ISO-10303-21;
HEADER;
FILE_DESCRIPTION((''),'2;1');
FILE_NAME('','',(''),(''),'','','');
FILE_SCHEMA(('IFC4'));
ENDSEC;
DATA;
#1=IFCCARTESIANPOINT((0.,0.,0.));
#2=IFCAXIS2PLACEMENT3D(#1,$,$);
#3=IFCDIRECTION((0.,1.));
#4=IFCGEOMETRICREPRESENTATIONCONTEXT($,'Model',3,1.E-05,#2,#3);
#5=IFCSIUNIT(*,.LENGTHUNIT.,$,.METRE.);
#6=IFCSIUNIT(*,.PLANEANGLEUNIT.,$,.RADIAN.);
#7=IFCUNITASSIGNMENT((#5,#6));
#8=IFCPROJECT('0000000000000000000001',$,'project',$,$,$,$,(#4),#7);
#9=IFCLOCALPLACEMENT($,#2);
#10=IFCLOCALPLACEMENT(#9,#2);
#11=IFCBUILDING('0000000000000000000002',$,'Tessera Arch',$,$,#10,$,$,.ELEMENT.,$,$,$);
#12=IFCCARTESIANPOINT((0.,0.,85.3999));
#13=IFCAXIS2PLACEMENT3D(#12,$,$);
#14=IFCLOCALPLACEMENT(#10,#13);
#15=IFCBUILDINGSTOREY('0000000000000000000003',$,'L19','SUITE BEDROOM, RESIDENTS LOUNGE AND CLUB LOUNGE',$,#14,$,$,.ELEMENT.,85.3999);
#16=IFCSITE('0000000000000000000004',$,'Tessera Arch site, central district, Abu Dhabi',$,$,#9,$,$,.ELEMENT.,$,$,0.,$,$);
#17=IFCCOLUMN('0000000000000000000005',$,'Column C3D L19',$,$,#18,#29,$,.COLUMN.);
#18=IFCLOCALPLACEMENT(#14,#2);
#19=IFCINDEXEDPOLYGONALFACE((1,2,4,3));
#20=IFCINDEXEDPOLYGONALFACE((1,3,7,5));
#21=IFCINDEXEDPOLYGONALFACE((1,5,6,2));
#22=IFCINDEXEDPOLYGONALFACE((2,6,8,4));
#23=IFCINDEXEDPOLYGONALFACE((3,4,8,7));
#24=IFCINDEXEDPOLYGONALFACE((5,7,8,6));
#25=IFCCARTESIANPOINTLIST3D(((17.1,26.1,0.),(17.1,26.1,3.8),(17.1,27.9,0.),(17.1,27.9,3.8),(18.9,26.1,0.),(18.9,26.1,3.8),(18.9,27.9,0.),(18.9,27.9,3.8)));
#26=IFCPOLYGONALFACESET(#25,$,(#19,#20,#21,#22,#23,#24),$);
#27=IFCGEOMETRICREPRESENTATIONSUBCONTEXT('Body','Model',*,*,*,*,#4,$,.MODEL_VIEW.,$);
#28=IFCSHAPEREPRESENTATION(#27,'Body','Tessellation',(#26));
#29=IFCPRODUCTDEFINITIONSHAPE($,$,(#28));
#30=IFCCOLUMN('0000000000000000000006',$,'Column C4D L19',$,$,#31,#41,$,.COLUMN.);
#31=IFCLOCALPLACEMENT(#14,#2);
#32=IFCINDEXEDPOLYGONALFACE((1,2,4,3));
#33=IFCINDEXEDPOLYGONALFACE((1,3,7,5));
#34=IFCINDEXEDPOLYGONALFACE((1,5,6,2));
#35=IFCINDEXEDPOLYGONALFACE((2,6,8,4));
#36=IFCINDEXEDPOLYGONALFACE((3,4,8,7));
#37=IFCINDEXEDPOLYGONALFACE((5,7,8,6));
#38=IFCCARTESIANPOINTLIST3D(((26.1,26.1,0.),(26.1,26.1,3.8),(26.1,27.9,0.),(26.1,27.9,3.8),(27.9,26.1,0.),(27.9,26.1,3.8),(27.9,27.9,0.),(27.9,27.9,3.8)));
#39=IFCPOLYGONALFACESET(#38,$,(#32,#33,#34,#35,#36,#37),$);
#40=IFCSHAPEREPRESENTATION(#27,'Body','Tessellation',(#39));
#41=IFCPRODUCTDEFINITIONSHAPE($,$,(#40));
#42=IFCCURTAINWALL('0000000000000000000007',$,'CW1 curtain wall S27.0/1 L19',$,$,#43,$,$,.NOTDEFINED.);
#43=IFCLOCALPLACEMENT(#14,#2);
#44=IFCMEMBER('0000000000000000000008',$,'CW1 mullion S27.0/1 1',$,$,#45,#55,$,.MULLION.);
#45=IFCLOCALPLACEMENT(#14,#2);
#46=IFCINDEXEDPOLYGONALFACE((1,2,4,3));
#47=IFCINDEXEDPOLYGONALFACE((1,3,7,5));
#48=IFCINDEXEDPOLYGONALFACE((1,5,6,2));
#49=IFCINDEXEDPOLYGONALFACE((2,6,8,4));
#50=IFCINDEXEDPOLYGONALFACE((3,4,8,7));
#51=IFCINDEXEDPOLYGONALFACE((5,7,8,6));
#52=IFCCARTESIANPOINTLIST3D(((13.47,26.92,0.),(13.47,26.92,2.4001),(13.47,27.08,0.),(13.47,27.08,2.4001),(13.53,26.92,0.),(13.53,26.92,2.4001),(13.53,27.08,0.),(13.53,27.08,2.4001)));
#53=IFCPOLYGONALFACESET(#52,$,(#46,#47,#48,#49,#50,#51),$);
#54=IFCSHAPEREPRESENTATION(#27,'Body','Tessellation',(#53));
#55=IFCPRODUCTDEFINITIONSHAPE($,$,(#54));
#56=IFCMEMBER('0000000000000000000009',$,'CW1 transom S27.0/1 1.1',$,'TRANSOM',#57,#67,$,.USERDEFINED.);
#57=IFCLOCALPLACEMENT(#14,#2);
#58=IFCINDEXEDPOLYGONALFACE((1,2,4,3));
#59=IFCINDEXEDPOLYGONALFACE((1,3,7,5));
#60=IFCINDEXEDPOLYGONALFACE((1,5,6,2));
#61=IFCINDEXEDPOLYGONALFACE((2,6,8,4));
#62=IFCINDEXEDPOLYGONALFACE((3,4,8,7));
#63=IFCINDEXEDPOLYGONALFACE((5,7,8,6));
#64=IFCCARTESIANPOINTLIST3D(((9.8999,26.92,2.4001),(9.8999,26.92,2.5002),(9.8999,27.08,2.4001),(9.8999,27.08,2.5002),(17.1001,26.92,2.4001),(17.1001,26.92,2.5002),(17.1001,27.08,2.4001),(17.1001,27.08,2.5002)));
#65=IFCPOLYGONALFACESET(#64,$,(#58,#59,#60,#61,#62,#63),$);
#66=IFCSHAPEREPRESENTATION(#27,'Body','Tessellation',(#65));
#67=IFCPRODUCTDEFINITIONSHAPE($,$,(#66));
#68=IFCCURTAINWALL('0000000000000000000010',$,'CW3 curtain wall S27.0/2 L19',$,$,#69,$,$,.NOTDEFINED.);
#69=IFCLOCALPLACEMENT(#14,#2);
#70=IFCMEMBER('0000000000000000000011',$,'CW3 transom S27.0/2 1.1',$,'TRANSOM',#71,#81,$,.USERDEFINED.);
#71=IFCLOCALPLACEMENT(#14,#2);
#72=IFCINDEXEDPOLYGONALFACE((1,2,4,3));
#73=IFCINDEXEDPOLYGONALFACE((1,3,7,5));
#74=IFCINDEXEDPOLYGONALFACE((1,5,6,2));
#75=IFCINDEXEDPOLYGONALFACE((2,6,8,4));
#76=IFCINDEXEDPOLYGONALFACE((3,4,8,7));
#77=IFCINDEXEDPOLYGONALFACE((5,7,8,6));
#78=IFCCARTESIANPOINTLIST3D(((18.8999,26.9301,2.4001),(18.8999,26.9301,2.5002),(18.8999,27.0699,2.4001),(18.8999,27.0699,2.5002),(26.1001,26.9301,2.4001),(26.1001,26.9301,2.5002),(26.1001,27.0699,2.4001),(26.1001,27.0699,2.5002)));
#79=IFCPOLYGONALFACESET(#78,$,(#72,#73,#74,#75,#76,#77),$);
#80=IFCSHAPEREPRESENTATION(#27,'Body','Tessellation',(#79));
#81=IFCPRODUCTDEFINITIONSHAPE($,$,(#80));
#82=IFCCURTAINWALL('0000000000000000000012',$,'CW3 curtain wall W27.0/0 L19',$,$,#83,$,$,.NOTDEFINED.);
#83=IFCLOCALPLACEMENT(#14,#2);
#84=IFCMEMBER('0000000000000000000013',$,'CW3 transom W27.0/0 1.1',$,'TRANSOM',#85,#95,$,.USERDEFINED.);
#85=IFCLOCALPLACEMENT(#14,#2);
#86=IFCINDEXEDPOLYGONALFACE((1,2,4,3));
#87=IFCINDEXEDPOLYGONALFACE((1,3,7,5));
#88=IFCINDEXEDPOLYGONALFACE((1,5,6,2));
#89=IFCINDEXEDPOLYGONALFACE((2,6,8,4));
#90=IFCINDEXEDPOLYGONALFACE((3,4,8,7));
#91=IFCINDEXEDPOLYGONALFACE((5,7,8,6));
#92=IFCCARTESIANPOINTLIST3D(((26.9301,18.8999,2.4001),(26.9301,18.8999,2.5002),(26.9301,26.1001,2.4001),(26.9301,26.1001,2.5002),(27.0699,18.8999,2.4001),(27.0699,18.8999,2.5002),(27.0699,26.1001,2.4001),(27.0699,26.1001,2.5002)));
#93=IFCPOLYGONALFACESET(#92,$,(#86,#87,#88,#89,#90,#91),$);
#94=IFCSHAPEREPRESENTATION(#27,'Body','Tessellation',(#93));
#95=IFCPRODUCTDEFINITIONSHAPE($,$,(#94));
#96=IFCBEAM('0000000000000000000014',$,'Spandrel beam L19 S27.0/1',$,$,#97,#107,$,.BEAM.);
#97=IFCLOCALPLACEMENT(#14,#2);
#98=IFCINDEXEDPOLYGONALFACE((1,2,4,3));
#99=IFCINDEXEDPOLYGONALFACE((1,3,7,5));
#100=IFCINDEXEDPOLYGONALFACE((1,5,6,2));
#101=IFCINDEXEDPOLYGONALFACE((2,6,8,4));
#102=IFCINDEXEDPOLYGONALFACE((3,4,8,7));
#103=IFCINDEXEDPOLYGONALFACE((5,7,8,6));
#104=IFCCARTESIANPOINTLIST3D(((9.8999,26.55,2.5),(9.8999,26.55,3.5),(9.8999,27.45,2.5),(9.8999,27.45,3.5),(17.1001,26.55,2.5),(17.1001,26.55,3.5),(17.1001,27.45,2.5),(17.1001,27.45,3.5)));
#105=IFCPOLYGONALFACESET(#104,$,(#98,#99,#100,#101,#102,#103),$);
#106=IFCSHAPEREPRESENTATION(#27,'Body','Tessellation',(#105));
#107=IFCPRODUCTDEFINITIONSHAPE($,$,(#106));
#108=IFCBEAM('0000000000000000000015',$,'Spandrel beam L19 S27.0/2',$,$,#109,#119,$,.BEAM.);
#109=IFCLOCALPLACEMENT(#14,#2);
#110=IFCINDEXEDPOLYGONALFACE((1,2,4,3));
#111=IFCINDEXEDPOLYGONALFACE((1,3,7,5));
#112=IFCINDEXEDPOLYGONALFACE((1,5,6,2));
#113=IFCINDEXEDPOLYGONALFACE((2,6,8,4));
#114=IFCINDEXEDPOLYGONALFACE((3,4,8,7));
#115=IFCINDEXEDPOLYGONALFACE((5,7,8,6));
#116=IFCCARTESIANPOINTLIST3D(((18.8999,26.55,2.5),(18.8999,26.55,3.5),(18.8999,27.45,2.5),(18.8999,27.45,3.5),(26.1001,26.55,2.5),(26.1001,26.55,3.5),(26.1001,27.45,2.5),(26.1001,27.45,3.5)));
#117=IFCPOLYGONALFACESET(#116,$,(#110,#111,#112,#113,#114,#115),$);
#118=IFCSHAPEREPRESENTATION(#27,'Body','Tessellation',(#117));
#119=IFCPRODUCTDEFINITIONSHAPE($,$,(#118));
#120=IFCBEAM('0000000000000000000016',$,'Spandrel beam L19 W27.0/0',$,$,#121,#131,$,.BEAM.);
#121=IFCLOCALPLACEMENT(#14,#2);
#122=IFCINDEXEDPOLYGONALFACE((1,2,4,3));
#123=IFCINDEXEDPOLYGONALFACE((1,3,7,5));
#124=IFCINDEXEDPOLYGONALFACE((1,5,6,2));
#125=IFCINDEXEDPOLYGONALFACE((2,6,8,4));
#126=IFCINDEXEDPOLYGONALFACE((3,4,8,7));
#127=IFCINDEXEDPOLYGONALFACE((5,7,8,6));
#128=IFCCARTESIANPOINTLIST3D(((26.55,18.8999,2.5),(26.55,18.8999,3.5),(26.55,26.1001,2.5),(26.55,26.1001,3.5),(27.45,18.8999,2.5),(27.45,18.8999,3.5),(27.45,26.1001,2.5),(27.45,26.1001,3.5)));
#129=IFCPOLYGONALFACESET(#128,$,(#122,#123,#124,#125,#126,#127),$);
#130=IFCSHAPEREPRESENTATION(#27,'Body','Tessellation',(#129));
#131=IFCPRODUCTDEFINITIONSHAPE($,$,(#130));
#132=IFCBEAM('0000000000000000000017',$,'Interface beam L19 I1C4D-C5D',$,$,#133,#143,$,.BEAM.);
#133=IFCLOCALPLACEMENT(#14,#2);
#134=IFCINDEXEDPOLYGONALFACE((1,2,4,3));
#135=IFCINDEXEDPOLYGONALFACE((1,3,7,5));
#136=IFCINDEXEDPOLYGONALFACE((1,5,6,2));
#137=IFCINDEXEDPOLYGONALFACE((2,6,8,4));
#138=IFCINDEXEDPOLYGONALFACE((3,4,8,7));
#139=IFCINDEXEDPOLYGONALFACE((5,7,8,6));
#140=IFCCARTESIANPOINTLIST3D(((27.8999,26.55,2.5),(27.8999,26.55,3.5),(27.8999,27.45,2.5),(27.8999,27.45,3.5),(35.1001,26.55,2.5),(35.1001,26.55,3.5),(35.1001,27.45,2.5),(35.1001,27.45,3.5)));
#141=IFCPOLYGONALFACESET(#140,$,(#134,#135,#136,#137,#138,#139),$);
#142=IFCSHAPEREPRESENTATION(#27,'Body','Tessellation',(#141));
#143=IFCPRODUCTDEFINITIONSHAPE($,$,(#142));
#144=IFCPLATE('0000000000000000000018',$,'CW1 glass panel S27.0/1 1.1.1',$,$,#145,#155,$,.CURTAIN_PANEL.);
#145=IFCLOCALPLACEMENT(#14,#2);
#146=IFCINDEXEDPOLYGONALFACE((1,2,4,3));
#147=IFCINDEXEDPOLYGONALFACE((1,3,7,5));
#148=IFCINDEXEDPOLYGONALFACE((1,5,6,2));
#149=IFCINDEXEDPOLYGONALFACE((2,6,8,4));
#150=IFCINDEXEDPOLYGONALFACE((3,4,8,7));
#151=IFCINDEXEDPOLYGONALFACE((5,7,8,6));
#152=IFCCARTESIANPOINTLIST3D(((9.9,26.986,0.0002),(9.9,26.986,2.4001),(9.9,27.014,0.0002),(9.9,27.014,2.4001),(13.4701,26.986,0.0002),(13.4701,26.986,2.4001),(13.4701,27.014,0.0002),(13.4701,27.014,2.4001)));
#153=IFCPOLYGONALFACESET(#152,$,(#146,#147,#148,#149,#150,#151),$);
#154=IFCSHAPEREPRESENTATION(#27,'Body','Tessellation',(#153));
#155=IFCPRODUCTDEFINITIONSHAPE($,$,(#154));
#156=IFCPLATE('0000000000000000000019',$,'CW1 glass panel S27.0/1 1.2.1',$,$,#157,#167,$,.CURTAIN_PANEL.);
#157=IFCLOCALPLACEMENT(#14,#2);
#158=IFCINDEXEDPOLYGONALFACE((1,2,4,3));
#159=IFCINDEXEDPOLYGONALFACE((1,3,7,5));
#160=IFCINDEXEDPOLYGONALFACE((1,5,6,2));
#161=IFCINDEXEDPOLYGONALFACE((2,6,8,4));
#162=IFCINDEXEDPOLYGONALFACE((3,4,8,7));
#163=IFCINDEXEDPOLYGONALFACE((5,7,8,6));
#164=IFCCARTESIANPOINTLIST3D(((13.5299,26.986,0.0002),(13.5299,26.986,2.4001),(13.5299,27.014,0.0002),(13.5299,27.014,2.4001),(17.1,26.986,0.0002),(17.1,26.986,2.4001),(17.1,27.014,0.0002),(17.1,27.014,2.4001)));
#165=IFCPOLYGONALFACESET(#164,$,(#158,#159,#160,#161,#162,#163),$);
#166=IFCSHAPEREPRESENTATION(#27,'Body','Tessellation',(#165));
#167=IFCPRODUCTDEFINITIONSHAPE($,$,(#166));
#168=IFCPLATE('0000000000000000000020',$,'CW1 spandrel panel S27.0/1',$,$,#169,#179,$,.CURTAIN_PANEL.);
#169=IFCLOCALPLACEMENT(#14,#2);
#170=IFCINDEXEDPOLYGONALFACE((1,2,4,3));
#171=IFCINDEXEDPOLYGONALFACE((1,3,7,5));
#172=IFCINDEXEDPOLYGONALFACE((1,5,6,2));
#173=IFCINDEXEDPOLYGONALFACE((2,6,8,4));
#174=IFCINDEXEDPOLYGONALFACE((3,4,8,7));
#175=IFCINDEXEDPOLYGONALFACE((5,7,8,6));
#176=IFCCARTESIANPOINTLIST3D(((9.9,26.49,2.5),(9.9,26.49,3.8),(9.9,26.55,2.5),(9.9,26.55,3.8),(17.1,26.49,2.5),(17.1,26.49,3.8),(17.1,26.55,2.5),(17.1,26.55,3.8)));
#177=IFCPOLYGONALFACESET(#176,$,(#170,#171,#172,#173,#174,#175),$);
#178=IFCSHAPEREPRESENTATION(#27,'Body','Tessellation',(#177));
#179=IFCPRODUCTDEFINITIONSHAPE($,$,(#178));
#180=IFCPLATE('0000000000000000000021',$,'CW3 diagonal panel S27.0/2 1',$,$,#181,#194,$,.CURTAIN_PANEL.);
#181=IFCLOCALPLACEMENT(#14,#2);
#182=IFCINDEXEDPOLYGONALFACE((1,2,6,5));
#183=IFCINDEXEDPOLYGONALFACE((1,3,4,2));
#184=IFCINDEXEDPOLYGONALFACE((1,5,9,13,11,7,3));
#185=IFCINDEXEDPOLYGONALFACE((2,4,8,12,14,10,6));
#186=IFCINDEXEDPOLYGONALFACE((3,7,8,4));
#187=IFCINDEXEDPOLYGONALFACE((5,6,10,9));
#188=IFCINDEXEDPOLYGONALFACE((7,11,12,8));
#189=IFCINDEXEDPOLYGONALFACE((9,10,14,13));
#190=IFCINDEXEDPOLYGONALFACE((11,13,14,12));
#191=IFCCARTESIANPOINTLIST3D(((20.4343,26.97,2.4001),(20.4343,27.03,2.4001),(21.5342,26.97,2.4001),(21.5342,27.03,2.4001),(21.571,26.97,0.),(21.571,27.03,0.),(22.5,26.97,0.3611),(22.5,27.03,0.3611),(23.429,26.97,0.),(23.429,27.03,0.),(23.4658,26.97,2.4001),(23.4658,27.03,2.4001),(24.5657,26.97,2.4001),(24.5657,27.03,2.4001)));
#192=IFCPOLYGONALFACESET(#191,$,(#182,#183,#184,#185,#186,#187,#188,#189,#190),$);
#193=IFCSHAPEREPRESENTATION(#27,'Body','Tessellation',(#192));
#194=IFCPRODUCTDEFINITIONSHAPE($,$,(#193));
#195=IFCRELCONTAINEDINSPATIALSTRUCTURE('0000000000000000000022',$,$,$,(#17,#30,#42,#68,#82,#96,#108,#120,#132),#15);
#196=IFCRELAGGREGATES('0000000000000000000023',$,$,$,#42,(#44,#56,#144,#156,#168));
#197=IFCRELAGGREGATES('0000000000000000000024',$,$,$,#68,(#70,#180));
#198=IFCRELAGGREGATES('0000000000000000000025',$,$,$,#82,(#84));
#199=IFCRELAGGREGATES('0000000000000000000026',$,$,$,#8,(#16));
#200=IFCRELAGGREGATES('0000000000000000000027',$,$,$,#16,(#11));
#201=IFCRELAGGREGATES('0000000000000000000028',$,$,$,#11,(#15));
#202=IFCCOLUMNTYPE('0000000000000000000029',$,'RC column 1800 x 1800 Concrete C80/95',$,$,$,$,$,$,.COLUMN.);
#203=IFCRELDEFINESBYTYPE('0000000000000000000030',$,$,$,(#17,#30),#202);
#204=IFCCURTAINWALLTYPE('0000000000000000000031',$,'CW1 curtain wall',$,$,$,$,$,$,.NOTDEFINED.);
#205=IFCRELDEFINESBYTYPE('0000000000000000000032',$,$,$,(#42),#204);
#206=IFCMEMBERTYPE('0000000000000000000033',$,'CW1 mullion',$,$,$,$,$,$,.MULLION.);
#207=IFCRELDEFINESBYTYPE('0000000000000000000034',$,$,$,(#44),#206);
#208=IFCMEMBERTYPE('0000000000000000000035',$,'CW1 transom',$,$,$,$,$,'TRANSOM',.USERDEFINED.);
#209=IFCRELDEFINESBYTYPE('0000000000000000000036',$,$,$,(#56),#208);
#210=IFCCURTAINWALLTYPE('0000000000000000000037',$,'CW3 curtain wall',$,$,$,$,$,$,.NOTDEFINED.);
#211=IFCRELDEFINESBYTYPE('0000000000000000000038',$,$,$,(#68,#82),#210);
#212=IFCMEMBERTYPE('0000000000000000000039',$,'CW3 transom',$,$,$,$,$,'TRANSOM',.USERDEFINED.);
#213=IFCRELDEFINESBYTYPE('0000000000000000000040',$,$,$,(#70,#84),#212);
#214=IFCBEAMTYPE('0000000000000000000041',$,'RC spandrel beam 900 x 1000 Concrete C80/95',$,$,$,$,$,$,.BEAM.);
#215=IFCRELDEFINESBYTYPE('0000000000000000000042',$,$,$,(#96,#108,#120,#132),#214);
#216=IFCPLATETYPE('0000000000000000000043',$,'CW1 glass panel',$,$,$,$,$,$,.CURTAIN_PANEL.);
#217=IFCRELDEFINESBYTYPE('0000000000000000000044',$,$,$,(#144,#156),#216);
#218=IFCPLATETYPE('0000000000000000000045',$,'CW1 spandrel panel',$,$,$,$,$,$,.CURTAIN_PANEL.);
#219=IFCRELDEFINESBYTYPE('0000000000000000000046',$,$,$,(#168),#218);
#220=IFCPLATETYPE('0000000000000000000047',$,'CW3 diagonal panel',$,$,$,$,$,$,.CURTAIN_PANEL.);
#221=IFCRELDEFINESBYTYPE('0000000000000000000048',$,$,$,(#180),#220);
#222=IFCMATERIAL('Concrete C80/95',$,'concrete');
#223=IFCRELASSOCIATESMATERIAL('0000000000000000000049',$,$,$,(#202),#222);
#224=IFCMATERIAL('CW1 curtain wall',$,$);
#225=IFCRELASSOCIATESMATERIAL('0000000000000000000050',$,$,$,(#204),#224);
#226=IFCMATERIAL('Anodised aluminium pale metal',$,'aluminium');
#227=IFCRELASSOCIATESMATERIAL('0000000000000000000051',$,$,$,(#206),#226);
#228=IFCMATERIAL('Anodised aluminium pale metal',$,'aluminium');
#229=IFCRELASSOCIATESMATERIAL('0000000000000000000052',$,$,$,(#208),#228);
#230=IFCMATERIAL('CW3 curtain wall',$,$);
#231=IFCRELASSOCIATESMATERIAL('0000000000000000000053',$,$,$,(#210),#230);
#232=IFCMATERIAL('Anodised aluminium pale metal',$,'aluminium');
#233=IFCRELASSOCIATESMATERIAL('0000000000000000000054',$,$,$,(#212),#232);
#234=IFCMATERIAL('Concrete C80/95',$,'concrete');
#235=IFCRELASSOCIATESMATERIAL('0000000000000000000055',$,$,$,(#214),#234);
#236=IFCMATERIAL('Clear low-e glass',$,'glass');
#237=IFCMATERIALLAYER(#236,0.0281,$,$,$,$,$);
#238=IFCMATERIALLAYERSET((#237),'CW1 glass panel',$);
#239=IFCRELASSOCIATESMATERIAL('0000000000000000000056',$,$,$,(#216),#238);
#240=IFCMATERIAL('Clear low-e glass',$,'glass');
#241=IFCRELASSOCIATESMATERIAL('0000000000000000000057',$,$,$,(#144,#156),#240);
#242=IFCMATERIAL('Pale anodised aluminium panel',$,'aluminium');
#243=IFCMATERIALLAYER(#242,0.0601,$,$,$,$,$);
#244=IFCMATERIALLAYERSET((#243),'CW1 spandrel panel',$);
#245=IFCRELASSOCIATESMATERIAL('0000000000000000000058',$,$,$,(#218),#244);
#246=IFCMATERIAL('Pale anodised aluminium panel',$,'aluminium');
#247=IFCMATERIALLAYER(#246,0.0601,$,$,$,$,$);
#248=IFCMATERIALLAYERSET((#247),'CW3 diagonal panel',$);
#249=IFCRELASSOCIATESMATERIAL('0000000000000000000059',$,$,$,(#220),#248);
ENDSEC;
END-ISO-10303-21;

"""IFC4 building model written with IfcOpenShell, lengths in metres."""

from ifc_helpers import new_model, si_unit, direction, frame, origin, origin_2d, place, context, subcontext, project, spatial, polyline, rectangle, outline, extrude, material, layer, layer_set, material_profile, profile_set, type_object, element, aggregate, save


model = new_model("IFC4")

# Units and contexts
model_context = context("Model", 3, precision=1e-05, world=origin(), true_north=direction((0.0, 1.0)))
body_context = subcontext(model_context, "Body", "Model", "MODEL_VIEW")
ifc_project = project(units=[si_unit("LENGTHUNIT", "METRE"), si_unit("PLANEANGLEUNIT", "RADIAN")], contexts=[model_context])

# Site, building, storey
site_placement = place(None, origin())
site = spatial("IfcSite", under=ifc_project, at=site_placement, Name="Tessera Arch site, central district, Abu Dhabi", CompositionType="ELEMENT", RefElevation=0.0)
building_placement = place(site_placement, origin())
building = spatial("IfcBuilding", under=site, at=building_placement, Name="Tessera Arch", CompositionType="ELEMENT")
storey_placement = place(building_placement, frame((0.0, 0.0, 85.3999)))
storey = spatial("IfcBuildingStorey", under=building, at=storey_placement, Name="L19", Description="SUITE BEDROOM, RESIDENTS LOUNGE AND CLUB LOUNGE", CompositionType="ELEMENT", Elevation=85.3999)

# Columns
ifc_material_1 = material(Name="Concrete C80/95", Category="concrete")
ifc_material_profile_1 = material_profile(ifc_material_1, rectangle(XDim=1.8, YDim=1.8, at=origin_2d()), Name="RC column 1800 x 1800 Concrete C80/95")
ifc_profile_set_1 = profile_set([ifc_material_profile_1], Name="Concrete C80/95")
column_type = type_object("IfcColumnType", Name="RC column 1800 x 1800 Concrete C80/95", PredefinedType="COLUMN", material=ifc_profile_set_1)
for number, where, z_axis, x_axis, name in (
    (1, (18.0, 27.0, 0.0), (0.0, 0.0, 1.0), (1.0, 0.0, 0.0), "Column C3D L19"),
    (2, (27.0, 27.0, 0.0), (0.0, 0.0, 1.0), (1.0, 0.0, 0.0), "Column C4D L19"),
):
    element("IfcColumn", number, at=place(storey_placement, frame(where, z_axis=z_axis, x_axis=x_axis)), inside=storey, type_object=column_type, Name=name, PredefinedType="COLUMN", context=body_context, shape_type="SweptSolid", body=[
        extrude(rectangle(XDim=1.8, YDim=1.8, at=origin_2d()), origin(), (0.0, 0.0, 1.0), 3.8),
    ])

# Curtain wall, members
ifc_material_2 = material(Name="CW1 curtain wall")
curtain_wall_type_1 = type_object("IfcCurtainWallType", Name="CW1 curtain wall", PredefinedType="NOTDEFINED", material=ifc_material_2)
curtain_wall_1_placement = place(storey_placement, origin())
curtain_wall_1 = element("IfcCurtainWall", 3, at=curtain_wall_1_placement, inside=storey, type_object=curtain_wall_type_1, Name="CW1 curtain wall S27.0/1 L19", PredefinedType="NOTDEFINED")
ifc_material_3 = material(Name="Anodised aluminium pale metal", Category="aluminium")
ifc_material_profile_2 = material_profile(ifc_material_3, rectangle(XDim=0.1599, YDim=0.0601, at=origin_2d()), Name="AL 60x160")
ifc_profile_set_2 = profile_set([ifc_material_profile_2], Name="Anodised aluminium pale metal")
member_type_1 = type_object("IfcMemberType", Name="CW1 mullion", PredefinedType="MULLION", material=ifc_profile_set_2)
member_1_placement = place(storey_placement, frame((13.5, 27.0, 0.0), z_axis=(0.0, 0.0, 1.0), x_axis=(0.0, 1.0, 0.0)))
member_1 = element("IfcMember", 4, at=member_1_placement, type_object=member_type_1, Name="CW1 mullion S27.0/1 1", PredefinedType="MULLION", context=body_context, shape_type="SweptSolid", body=[
    extrude(rectangle(XDim=0.1599, YDim=0.0601, at=origin_2d()), origin(), (0.0, 0.0, 1.0), 2.4001),
])
ifc_material_4 = material(Name="Anodised aluminium pale metal", Category="aluminium")
ifc_material_profile_3 = material_profile(ifc_material_4, rectangle(XDim=0.1599, YDim=0.1001, at=origin_2d()), Name="AL 160x100")
ifc_profile_set_3 = profile_set([ifc_material_profile_3], Name="Anodised aluminium pale metal")
member_type_2 = type_object("IfcMemberType", Name="CW1 transom", ElementType="TRANSOM", PredefinedType="USERDEFINED", material=ifc_profile_set_3)
member_2_placement = place(storey_placement, frame((9.8999, 27.0, 2.4502), z_axis=(1.0, 0.0, 0.0), x_axis=(0.0, 1.0, 0.0)))
member_2 = element("IfcMember", 5, at=member_2_placement, type_object=member_type_2, Name="CW1 transom S27.0/1 1.1", ObjectType="TRANSOM", PredefinedType="USERDEFINED", context=body_context, shape_type="SweptSolid", body=[
    extrude(rectangle(XDim=0.1599, YDim=0.1001, at=origin_2d()), origin(), (0.0, 0.0, 1.0), 7.2002),
])

# Curtain walls, members
ifc_material_5 = material(Name="CW3 curtain wall")
curtain_wall_type_2 = type_object("IfcCurtainWallType", Name="CW3 curtain wall", PredefinedType="NOTDEFINED", material=ifc_material_5)
curtain_wall_2_placement = place(storey_placement, origin())
curtain_wall_2 = element("IfcCurtainWall", 6, at=curtain_wall_2_placement, inside=storey, type_object=curtain_wall_type_2, Name="CW3 curtain wall S27.0/2 L19", PredefinedType="NOTDEFINED")
ifc_material_6 = material(Name="Anodised aluminium pale metal", Category="aluminium")
ifc_material_profile_4 = material_profile(ifc_material_6, rectangle(XDim=0.1399, YDim=0.1001, at=origin_2d()), Name="AL 140x100")
ifc_profile_set_4 = profile_set([ifc_material_profile_4], Name="Anodised aluminium pale metal")
member_type_3 = type_object("IfcMemberType", Name="CW3 transom", ElementType="TRANSOM", PredefinedType="USERDEFINED", material=ifc_profile_set_4)
member_3_placement = place(storey_placement, frame((18.8999, 27.0, 2.4502), z_axis=(1.0, 0.0, 0.0), x_axis=(0.0, 1.0, 0.0)))
member_3 = element("IfcMember", 7, at=member_3_placement, type_object=member_type_3, Name="CW3 transom S27.0/2 1.1", ObjectType="TRANSOM", PredefinedType="USERDEFINED", context=body_context, shape_type="SweptSolid", body=[
    extrude(rectangle(XDim=0.1399, YDim=0.1001, at=origin_2d()), origin(), (0.0, 0.0, 1.0), 7.2002),
])
curtain_wall_3_placement = place(storey_placement, origin())
curtain_wall_3 = element("IfcCurtainWall", 8, at=curtain_wall_3_placement, inside=storey, type_object=curtain_wall_type_2, Name="CW3 curtain wall W27.0/0 L19", PredefinedType="NOTDEFINED")
member_4_placement = place(storey_placement, frame((27.0, 26.1001, 2.4502), z_axis=(0.0, -1.0, 0.0), x_axis=(1.0, 0.0, 0.0)))
member_4 = element("IfcMember", 9, at=member_4_placement, type_object=member_type_3, Name="CW3 transom W27.0/0 1.1", ObjectType="TRANSOM", PredefinedType="USERDEFINED", context=body_context, shape_type="SweptSolid", body=[
    extrude(rectangle(XDim=0.1399, YDim=0.1001, at=origin_2d()), origin(), (0.0, 0.0, 1.0), 7.2002),
])

# Beams
ifc_material_7 = material(Name="Concrete C80/95", Category="concrete")
ifc_material_profile_5 = material_profile(ifc_material_7, rectangle(XDim=0.8999, YDim=1.0, at=origin_2d()), Name="RC spandrel beam 900 x 1000 Concrete C80/95")
ifc_profile_set_5 = profile_set([ifc_material_profile_5], Name="Concrete C80/95")
beam_type = type_object("IfcBeamType", Name="RC spandrel beam 900 x 1000 Concrete C80/95", PredefinedType="BEAM", material=ifc_profile_set_5)
for number, where, z_axis, x_axis, name in (
    (10, (9.8999, 27.0, 3.0), (1.0, 0.0, 0.0), (0.0, 1.0, 0.0), "Spandrel beam L19 S27.0/1"),
    (11, (18.8999, 27.0, 3.0), (1.0, 0.0, 0.0), (0.0, 1.0, 0.0), "Spandrel beam L19 S27.0/2"),
    (12, (27.0, 26.1001, 3.0), (0.0, -1.0, 0.0), (1.0, 0.0, 0.0), "Spandrel beam L19 W27.0/0"),
    (13, (27.8999, 27.0, 3.0), (1.0, 0.0, 0.0), (0.0, 1.0, 0.0), "Interface beam L19 I1C4D-C5D"),
):
    element("IfcBeam", number, at=place(storey_placement, frame(where, z_axis=z_axis, x_axis=x_axis)), inside=storey, type_object=beam_type, Name=name, PredefinedType="BEAM", context=body_context, shape_type="SweptSolid", body=[
        extrude(rectangle(XDim=0.8999, YDim=1.0, at=origin_2d()), origin(), (0.0, 0.0, 1.0), 7.2002),
    ])

# Plates
ifc_material_8 = material(Name="Clear low-e glass", Category="glass")
ifc_material_9 = material(Name="Clear low-e glass", Category="glass")
ifc_layer_1 = layer(ifc_material_9, 0.0281)
ifc_layer_set_1 = layer_set([ifc_layer_1], Name="CW1 glass panel")
plate_type_1 = type_object("IfcPlateType", Name="CW1 glass panel", PredefinedType="CURTAIN_PANEL", material=ifc_layer_set_1)
plate_1_placement = place(storey_placement, frame((11.6851, 27.0, 0.0002), z_axis=(0.0, 0.0, 1.0), x_axis=(1.0, 0.0, 0.0)))
plate_1 = element("IfcPlate", 14, at=plate_1_placement, type_object=plate_type_1, material=ifc_material_8, Name="CW1 glass panel S27.0/1 1.1.1", PredefinedType="CURTAIN_PANEL", context=body_context, shape_type="SweptSolid", body=[
    extrude(rectangle(XDim=3.5701, YDim=0.0281, at=origin_2d()), origin(), (0.0, 0.0, 1.0), 2.3999),
])
plate_2_placement = place(storey_placement, frame((15.3149, 27.0, 0.0002), z_axis=(0.0, 0.0, 1.0), x_axis=(1.0, 0.0, 0.0)))
plate_2 = element("IfcPlate", 15, at=plate_2_placement, type_object=plate_type_1, material=ifc_material_8, Name="CW1 glass panel S27.0/1 1.2.1", PredefinedType="CURTAIN_PANEL", context=body_context, shape_type="SweptSolid", body=[
    extrude(rectangle(XDim=3.5701, YDim=0.0281, at=origin_2d()), origin(), (0.0, 0.0, 1.0), 2.3999),
])
ifc_material_10 = material(Name="Pale anodised aluminium panel", Category="aluminium")
ifc_layer_2 = layer(ifc_material_10, 0.0601)
ifc_layer_set_2 = layer_set([ifc_layer_2], Name="CW1 spandrel panel")
plate_type_2 = type_object("IfcPlateType", Name="CW1 spandrel panel", PredefinedType="CURTAIN_PANEL", material=ifc_layer_set_2)
plate_3_placement = place(storey_placement, frame((13.5, 26.52, 2.5), z_axis=(0.0, 0.0, 1.0), x_axis=(1.0, 0.0, 0.0)))
plate_3 = element("IfcPlate", 16, at=plate_3_placement, type_object=plate_type_2, Name="CW1 spandrel panel S27.0/1", PredefinedType="CURTAIN_PANEL", context=body_context, shape_type="SweptSolid", body=[
    extrude(rectangle(XDim=7.2, YDim=0.0601, at=origin_2d()), origin(), (0.0, 0.0, 1.0), 1.3),
])
aggregate(curtain_wall_1, [member_1, member_2, plate_1, plate_2, plate_3])
ifc_material_11 = material(Name="Pale anodised aluminium panel", Category="aluminium")
ifc_layer_3 = layer(ifc_material_11, 0.0601)
ifc_layer_set_3 = layer_set([ifc_layer_3], Name="CW3 diagonal panel")
plate_type_3 = type_object("IfcPlateType", Name="CW3 diagonal panel", PredefinedType="CURTAIN_PANEL", material=ifc_layer_set_3)
plate_4_placement = place(storey_placement, frame((24.5657, 26.97, 2.4001), z_axis=(0.0, -1.0, 0.0), x_axis=(-1.0, 0.0, 0.0)))
plate_4 = element("IfcPlate", 17, at=plate_4_placement, type_object=plate_type_3, Name="CW3 diagonal panel S27.0/2 1", PredefinedType="CURTAIN_PANEL", context=body_context, shape_type="SweptSolid", body=[
    extrude(outline(polyline([(0.0, 0.0), (1.0999, 0.0), (2.0657, 2.0391), (3.0315, 0.0), (4.1313, 0.0), (2.9946, 2.4001), (1.1367, 2.4001), (0.0, 0.0)])), origin(), (0.0, 0.0, -1.0), 0.0601),
])
aggregate(curtain_wall_2, [member_3, plate_4])
aggregate(curtain_wall_3, [member_4])

save(model, "model.ifc")
